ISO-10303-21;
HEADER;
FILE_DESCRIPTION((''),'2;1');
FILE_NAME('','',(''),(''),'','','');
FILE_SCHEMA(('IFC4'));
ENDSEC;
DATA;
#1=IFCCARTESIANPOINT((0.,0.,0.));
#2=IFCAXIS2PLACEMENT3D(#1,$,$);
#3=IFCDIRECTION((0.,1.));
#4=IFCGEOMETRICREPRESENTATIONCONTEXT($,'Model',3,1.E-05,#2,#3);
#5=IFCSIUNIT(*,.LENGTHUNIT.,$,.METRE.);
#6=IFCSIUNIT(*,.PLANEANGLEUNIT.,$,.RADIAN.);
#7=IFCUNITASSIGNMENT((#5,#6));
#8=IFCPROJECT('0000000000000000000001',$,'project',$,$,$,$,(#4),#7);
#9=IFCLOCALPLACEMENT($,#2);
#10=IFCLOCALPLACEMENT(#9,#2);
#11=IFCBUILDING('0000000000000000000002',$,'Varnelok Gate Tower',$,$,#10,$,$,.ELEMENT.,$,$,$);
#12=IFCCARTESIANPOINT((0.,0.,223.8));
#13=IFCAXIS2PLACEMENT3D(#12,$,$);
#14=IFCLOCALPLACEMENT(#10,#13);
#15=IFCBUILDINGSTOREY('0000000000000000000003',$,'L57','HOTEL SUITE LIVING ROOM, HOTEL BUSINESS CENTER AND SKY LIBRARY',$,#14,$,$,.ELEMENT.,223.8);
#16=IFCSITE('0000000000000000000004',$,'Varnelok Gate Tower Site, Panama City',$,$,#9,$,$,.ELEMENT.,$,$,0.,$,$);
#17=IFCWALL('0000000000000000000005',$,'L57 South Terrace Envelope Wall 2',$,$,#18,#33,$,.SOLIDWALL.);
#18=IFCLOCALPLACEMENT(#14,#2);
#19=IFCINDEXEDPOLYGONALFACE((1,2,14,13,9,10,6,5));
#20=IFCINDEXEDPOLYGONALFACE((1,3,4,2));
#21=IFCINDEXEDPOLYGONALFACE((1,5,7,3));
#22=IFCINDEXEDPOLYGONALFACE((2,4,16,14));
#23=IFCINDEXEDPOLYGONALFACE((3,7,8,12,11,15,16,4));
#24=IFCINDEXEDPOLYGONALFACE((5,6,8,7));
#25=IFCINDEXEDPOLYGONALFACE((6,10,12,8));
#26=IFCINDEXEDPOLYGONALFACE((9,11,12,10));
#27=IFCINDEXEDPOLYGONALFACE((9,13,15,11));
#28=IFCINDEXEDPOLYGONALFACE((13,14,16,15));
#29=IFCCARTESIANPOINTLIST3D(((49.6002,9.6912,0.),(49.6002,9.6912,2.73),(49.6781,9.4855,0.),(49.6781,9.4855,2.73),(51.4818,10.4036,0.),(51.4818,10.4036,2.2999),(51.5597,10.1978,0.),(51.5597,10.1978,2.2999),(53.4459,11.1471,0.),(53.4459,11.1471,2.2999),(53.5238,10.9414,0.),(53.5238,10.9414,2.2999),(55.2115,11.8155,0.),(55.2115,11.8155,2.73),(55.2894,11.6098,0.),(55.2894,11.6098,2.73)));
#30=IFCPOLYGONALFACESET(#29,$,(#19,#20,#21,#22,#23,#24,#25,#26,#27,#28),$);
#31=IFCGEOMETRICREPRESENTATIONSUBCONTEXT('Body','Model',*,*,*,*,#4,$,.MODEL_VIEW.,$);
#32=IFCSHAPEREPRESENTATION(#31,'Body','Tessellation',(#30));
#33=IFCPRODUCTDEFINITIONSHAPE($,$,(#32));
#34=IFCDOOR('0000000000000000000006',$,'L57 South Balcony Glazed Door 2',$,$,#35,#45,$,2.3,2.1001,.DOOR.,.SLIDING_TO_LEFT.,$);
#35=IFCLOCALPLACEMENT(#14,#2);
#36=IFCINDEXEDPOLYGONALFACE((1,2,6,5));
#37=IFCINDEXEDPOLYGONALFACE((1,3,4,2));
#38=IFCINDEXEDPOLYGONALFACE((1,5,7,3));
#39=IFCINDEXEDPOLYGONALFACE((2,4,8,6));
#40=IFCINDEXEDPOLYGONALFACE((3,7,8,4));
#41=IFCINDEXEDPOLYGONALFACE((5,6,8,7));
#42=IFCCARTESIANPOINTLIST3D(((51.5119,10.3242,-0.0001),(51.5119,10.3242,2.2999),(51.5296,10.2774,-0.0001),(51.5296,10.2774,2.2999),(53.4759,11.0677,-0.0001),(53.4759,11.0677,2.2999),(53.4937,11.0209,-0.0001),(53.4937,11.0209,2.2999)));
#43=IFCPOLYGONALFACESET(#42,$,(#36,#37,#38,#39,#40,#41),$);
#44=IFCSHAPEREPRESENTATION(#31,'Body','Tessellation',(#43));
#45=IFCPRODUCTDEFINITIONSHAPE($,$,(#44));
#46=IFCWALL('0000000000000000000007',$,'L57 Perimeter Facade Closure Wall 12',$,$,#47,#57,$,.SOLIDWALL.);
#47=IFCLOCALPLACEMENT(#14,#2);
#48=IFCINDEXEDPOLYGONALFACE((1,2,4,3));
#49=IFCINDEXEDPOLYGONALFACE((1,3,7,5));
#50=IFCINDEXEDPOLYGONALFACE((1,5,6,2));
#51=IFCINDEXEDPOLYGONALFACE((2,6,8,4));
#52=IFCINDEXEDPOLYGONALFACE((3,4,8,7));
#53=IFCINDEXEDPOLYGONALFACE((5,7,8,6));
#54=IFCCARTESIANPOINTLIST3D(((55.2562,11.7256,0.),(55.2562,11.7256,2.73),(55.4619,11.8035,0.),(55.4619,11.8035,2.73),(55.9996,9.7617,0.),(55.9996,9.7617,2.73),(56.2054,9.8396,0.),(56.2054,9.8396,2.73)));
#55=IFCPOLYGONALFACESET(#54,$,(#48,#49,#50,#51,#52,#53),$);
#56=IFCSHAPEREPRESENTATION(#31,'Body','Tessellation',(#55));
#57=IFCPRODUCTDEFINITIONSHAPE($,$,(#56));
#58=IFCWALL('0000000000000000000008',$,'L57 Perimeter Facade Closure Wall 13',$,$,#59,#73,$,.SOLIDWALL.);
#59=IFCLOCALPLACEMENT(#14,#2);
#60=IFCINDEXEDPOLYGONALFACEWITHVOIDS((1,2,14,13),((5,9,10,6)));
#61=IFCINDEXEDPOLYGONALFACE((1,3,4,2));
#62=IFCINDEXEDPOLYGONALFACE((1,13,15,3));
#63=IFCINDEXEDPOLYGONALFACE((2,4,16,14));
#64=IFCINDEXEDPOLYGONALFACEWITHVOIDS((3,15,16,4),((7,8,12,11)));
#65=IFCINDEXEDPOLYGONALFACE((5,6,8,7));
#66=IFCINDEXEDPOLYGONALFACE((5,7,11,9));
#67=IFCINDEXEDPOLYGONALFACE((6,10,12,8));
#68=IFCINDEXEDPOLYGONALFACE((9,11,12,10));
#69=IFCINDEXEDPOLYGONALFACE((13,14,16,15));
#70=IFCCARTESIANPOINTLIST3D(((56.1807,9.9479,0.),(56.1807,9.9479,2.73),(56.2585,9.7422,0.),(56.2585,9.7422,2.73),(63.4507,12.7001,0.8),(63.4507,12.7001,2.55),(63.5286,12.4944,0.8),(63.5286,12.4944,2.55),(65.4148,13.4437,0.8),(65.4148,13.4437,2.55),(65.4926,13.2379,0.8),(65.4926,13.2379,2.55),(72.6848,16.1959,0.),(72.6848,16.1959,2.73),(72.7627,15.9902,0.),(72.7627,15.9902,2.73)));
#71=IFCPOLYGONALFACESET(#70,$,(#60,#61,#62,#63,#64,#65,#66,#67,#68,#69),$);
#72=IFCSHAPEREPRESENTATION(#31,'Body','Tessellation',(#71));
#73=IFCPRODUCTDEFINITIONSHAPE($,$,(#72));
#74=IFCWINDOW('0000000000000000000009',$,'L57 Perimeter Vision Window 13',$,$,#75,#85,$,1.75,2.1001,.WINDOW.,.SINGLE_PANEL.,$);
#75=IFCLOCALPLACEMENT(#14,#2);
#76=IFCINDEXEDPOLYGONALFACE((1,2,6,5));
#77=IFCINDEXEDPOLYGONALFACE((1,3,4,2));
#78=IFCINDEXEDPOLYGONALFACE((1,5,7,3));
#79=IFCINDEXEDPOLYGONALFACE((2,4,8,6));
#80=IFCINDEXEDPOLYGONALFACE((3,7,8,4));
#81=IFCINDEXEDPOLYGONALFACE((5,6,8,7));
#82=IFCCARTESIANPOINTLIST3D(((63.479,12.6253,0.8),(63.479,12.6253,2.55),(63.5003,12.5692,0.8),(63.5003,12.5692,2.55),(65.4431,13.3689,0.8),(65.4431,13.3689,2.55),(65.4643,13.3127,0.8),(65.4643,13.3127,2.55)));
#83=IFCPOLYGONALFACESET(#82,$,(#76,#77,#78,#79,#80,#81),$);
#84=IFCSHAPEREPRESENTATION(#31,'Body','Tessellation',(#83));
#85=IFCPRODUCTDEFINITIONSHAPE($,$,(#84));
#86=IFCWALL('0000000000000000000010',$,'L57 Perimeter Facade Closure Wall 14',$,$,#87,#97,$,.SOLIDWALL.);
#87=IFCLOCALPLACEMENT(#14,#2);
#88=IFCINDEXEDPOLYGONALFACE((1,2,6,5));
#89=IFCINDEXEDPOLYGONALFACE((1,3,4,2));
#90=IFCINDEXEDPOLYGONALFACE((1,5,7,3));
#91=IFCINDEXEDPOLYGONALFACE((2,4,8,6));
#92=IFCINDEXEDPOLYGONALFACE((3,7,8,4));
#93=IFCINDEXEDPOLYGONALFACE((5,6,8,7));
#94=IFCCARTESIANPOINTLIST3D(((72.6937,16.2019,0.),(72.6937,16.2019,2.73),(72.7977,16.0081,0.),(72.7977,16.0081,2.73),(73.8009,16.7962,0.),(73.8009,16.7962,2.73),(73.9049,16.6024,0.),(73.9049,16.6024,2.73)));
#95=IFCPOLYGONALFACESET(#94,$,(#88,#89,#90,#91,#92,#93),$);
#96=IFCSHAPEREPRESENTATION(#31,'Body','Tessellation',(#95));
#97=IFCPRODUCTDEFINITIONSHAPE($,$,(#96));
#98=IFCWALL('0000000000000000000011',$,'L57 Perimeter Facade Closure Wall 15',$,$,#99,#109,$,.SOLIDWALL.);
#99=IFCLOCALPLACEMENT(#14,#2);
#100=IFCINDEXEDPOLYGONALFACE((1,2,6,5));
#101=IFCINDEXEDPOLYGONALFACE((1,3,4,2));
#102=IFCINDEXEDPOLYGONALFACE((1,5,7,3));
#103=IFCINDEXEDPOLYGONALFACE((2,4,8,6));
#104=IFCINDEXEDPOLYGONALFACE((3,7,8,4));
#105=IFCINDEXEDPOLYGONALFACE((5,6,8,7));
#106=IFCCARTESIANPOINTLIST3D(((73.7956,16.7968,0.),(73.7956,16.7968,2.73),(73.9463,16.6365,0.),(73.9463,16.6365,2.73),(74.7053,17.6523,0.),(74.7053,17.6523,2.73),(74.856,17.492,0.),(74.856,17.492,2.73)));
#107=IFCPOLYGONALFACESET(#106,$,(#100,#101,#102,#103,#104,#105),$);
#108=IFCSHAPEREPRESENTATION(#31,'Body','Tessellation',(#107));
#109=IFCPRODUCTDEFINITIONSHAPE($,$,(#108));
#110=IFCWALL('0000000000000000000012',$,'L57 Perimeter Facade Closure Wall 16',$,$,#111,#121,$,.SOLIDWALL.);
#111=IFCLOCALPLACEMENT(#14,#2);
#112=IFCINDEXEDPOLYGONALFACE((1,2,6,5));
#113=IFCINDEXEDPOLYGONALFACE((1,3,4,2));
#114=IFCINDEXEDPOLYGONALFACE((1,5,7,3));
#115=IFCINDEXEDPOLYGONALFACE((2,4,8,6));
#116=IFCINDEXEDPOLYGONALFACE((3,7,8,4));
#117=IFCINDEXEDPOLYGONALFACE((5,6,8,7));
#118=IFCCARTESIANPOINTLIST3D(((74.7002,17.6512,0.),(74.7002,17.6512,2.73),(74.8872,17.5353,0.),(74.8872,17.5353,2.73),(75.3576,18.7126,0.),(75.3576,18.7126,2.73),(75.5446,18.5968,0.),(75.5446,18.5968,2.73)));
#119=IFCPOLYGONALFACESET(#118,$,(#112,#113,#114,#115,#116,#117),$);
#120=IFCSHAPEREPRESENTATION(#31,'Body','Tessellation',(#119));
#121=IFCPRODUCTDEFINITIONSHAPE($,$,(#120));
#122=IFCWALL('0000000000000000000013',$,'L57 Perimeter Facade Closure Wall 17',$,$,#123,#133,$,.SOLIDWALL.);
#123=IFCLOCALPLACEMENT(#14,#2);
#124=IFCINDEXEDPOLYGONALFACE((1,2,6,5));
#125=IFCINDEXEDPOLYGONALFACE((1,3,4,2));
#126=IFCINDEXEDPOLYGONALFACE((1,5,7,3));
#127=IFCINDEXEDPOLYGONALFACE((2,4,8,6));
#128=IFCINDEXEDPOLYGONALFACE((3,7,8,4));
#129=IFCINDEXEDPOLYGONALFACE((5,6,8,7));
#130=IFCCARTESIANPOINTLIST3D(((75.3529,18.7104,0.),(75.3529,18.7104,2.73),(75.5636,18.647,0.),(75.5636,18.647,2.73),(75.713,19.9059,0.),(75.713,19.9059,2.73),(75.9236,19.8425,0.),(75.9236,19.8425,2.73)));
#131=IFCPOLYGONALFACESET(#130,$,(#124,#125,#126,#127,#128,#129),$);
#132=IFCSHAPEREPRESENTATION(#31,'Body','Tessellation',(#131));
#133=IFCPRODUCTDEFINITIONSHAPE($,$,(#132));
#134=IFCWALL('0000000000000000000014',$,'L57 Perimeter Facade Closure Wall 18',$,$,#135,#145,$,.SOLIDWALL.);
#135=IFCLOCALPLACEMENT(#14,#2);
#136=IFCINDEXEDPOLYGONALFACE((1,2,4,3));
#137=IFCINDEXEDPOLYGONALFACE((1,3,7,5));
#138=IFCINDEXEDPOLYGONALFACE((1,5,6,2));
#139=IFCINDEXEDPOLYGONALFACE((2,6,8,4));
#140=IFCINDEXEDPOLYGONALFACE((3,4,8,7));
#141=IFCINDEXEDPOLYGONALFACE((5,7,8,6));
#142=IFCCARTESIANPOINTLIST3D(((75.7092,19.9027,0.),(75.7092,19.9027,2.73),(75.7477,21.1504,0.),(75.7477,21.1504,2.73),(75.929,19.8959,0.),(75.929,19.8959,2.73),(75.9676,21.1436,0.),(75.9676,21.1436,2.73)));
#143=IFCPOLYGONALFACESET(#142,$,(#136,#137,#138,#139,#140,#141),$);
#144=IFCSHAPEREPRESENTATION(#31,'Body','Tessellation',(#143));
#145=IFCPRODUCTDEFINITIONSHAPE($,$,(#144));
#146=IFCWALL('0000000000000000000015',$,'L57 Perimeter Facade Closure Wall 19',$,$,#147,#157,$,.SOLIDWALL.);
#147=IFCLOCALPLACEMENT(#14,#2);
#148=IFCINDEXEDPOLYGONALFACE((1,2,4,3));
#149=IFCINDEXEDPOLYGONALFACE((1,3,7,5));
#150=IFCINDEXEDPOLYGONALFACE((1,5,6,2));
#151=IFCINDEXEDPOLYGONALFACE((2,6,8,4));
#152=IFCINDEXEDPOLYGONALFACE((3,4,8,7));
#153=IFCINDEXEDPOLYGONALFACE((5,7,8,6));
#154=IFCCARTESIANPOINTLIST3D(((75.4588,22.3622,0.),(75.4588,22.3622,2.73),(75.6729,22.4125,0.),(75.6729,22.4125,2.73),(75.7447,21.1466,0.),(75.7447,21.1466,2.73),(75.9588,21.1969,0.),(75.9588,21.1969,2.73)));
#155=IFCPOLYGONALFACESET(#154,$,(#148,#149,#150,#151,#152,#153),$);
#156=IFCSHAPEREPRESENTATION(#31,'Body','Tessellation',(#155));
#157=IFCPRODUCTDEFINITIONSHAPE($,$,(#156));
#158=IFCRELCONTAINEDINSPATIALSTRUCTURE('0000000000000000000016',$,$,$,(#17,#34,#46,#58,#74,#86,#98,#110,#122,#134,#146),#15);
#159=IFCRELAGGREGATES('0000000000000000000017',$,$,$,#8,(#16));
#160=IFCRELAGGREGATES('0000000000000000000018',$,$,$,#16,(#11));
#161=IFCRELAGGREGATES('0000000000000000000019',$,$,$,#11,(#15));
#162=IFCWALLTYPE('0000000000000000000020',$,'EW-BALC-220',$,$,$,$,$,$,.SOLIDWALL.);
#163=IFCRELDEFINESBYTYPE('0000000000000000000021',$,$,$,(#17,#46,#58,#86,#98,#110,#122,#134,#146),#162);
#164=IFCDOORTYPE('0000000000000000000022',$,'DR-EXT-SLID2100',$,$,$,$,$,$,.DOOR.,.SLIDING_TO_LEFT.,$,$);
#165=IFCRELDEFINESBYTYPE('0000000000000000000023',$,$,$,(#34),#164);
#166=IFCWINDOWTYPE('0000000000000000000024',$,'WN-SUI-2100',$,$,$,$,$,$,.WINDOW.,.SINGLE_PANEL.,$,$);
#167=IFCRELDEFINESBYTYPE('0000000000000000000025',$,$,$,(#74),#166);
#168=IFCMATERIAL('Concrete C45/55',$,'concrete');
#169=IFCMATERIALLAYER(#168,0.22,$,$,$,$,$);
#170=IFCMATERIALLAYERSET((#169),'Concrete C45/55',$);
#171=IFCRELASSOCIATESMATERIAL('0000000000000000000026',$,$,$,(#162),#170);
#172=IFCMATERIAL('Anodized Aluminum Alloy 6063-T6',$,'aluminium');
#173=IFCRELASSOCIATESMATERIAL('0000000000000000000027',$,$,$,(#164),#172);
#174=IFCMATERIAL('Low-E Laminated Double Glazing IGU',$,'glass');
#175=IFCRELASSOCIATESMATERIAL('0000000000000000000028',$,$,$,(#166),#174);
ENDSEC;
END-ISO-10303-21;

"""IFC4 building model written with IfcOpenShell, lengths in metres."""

from ifc_helpers import new_model, si_unit, direction, frame, frame_2d, origin, place, context, subcontext, project, spatial, rectangle, extrude, material, layer, layer_set, type_object, element, fill, save


model = new_model("IFC4")

# Units and contexts
model_context = context("Model", 3, precision=1e-05, world=origin(), true_north=direction((0.0, 1.0)))
body_context = subcontext(model_context, "Body", "Model", "MODEL_VIEW")
ifc_project = project(units=[si_unit("LENGTHUNIT", "METRE"), si_unit("PLANEANGLEUNIT", "RADIAN")], contexts=[model_context])

# Site, building, storey
site_placement = place(None, origin())
site = spatial("IfcSite", under=ifc_project, at=site_placement, Name="Varnelok Gate Tower Site, Panama City", CompositionType="ELEMENT", RefElevation=0.0)
building_placement = place(site_placement, origin())
building = spatial("IfcBuilding", under=site, at=building_placement, Name="Varnelok Gate Tower", CompositionType="ELEMENT")
storey_placement = place(building_placement, frame((0.0, 0.0, 223.8)))
storey = spatial("IfcBuildingStorey", under=building, at=storey_placement, Name="L57", Description="HOTEL SUITE LIVING ROOM, HOTEL BUSINESS CENTER AND SKY LIBRARY", CompositionType="ELEMENT", Elevation=223.8)

# Shared definitions
ifc_material_1 = material(Name="Anodized Aluminum Alloy 6063-T6", Category="aluminium")
ifc_material_2 = material(Name="Low-E Laminated Double Glazing IGU", Category="glass")

# Wall, opening, door
ifc_material_3 = material(Name="Concrete C45/55", Category="concrete")
ifc_layer_1 = layer(ifc_material_3, 0.22)
ifc_layer_set_1 = layer_set([ifc_layer_1], Name="Concrete C45/55")
wall_type = type_object("IfcWallType", Name="EW-BALC-220", PredefinedType="SOLIDWALL", material=ifc_layer_set_1)
wall_1_placement = place(storey_placement, frame((55.2505, 11.7126, 0.0), z_axis=(0.0, 0.0, 1.0), x_axis=(-0.935228, -0.354047, 0.0)))
wall_1 = element("IfcWall", 1, at=wall_1_placement, inside=storey, type_object=wall_type, Name="L57 South Terrace Envelope Wall 2", PredefinedType="SOLIDWALL", context=body_context, shape_type="SweptSolid", body=[
    extrude(rectangle(XDim=6.0, YDim=0.22, at=frame_2d((3.0, 0.0))), origin(), (0.0, 0.0, 1.0), 2.73),
])
opening_1_placement = place(wall_1_placement, frame((1.8879, 0.0, 0.0)))
opening_1 = element("IfcOpeningElement", 2, at=opening_1_placement, cuts=wall_1, PredefinedType="OPENING", context=body_context, shape_type="SweptSolid", body=[
    extrude(rectangle(XDim=2.1001, YDim=2.3, at=frame_2d((1.05, 1.1499))), frame((0.0, 0.1199, 0.0), z_axis=(0.0, -1.0, 0.0), x_axis=(1.0, 0.0, 0.0)), (0.0, 0.0, 1.0), 0.24),
])
door_type = type_object("IfcDoorType", Name="DR-EXT-SLID2100", OperationType="SLIDING_TO_LEFT", PredefinedType="DOOR", material=ifc_material_1)
door_placement = place(opening_1_placement, origin())
door = element("IfcDoor", 3, at=door_placement, inside=storey, type_object=door_type, Name="L57 South Balcony Glazed Door 2", OperationType="SLIDING_TO_LEFT", OverallHeight=2.3, OverallWidth=2.1001, PredefinedType="DOOR", context=body_context, shape_type="SweptSolid", body=[
    extrude(rectangle(XDim=2.1001, YDim=2.3, at=frame_2d((1.05, 1.1499))), frame((0.0, 0.0249, 0.0), z_axis=(0.0, -1.0, 0.0), x_axis=(1.0, 0.0, 0.0)), (0.0, 0.0, 1.0), 0.05),
])
fill(opening_1, door)

# Wall
wall_2_placement = place(storey_placement, frame((55.3591, 11.7644, 0.0), z_axis=(0.0, 0.0, 1.0), x_axis=(0.354027, -0.935235, 0.0)))
element("IfcWall", 4, at=wall_2_placement, inside=storey, type_object=wall_type, Name="L57 Perimeter Facade Closure Wall 12", PredefinedType="SOLIDWALL", context=body_context, shape_type="SweptSolid", body=[
    extrude(rectangle(XDim=2.0999, YDim=0.22, at=frame_2d((1.0498, 0.0))), origin(), (0.0, 0.0, 1.0), 2.73),
])

# Wall, opening, window
wall_3_placement = place(storey_placement, frame((56.2195, 9.845, 0.0), z_axis=(0.0, 0.0, 1.0), x_axis=(0.935226, 0.354052, 0.0)))
wall_3 = element("IfcWall", 5, at=wall_3_placement, inside=storey, type_object=wall_type, Name="L57 Perimeter Facade Closure Wall 13", PredefinedType="SOLIDWALL", context=body_context, shape_type="SweptSolid", body=[
    extrude(rectangle(XDim=17.6472, YDim=0.22, at=frame_2d((8.8237, 0.0))), origin(), (0.0, 0.0, 1.0), 2.73),
])
opening_2_placement = place(wall_3_placement, frame((7.7737, 0.0, 0.8)))
opening_2 = element("IfcOpeningElement", 6, at=opening_2_placement, cuts=wall_3, PredefinedType="OPENING", context=body_context, shape_type="SweptSolid", body=[
    extrude(rectangle(XDim=2.1001, YDim=1.75, at=frame_2d((1.05, 0.875))), frame((0.0, 0.1199, 0.0), z_axis=(0.0, -1.0, 0.0), x_axis=(1.0, 0.0, 0.0)), (0.0, 0.0, 1.0), 0.24),
])
window_type = type_object("IfcWindowType", Name="WN-SUI-2100", PartitioningType="SINGLE_PANEL", PredefinedType="WINDOW", material=ifc_material_2)
window_placement = place(opening_2_placement, origin())
window = element("IfcWindow", 7, at=window_placement, inside=storey, type_object=window_type, Name="L57 Perimeter Vision Window 13", OverallHeight=1.75, OverallWidth=2.1001, PartitioningType="SINGLE_PANEL", PredefinedType="WINDOW", context=body_context, shape_type="SweptSolid", body=[
    extrude(rectangle(XDim=2.1001, YDim=1.75, at=frame_2d((1.05, 0.875))), frame((0.0, 0.03, 0.0), z_axis=(0.0, -1.0, 0.0), x_axis=(1.0, 0.0, 0.0)), (0.0, 0.0, 1.0), 0.0601),
])
fill(opening_2, window)

# Walls
wall_4_placement = place(storey_placement, frame((72.7456, 16.105, 0.0), z_axis=(0.0, 0.0, 1.0), x_axis=(0.881113, 0.472906, 0.0)))
element("IfcWall", 8, at=wall_4_placement, inside=storey, type_object=wall_type, Name="L57 Perimeter Facade Closure Wall 14", PredefinedType="SOLIDWALL", context=body_context, shape_type="SweptSolid", body=[
    extrude(rectangle(XDim=1.2566, YDim=0.22, at=frame_2d((0.6284, 0.0))), origin(), (0.0, 0.0, 1.0), 2.73),
])
wall_5_placement = place(storey_placement, frame((73.8708, 16.7166, 0.0), z_axis=(0.0, 0.0, 1.0), x_axis=(0.728475, 0.685072, 0.0)))
element("IfcWall", 9, at=wall_5_placement, inside=storey, type_object=wall_type, Name="L57 Perimeter Facade Closure Wall 15", PredefinedType="SOLIDWALL", context=body_context, shape_type="SweptSolid", body=[
    extrude(rectangle(XDim=1.2488, YDim=0.22, at=frame_2d((0.6245, 0.0))), origin(), (0.0, 0.0, 1.0), 2.73),
])
for number, where, z_axis, x_axis, name in (
    (10, (74.7937, 17.5933, 0.0), (0.0, 0.0, 1.0), (0.52655, 0.850144, 0.0), "L57 Perimeter Facade Closure Wall 16"),
    (11, (75.4583, 18.6787, 0.0), (0.0, 0.0, 1.0), (0.288406, 0.957508, 0.0), "L57 Perimeter Facade Closure Wall 17"),
):
    element("IfcWall", number, at=place(storey_placement, frame(where, z_axis=z_axis, x_axis=x_axis)), inside=storey, type_object=wall_type, Name=name, PredefinedType="SOLIDWALL", context=body_context, shape_type="SweptSolid", body=[
        extrude(rectangle(XDim=1.2485, YDim=0.22, at=frame_2d((0.6243, 0.0))), origin(), (0.0, 0.0, 1.0), 2.73),
    ])
wall_6_placement = place(storey_placement, frame((75.8191, 19.8994, 0.0), z_axis=(0.0, 0.0, 1.0), x_axis=(0.030899, 0.999523, 0.0)))
element("IfcWall", 12, at=wall_6_placement, inside=storey, type_object=wall_type, Name="L57 Perimeter Facade Closure Wall 18", PredefinedType="SOLIDWALL", context=body_context, shape_type="SweptSolid", body=[
    extrude(rectangle(XDim=1.2483, YDim=0.22, at=frame_2d((0.624, 0.0))), origin(), (0.0, 0.0, 1.0), 2.73),
])
wall_7_placement = place(storey_placement, frame((75.8518, 21.1716, 0.0), z_axis=(0.0, 0.0, 1.0), x_axis=(-0.228941, 0.97344, 0.0)))
element("IfcWall", 13, at=wall_7_placement, inside=storey, type_object=wall_type, Name="L57 Perimeter Facade Closure Wall 19", PredefinedType="SOLIDWALL", context=body_context, shape_type="SweptSolid", body=[
    extrude(rectangle(XDim=1.2488, YDim=0.22, at=frame_2d((0.6245, 0.0))), origin(), (0.0, 0.0, 1.0), 2.73),
])

save(model, "model.ifc")
